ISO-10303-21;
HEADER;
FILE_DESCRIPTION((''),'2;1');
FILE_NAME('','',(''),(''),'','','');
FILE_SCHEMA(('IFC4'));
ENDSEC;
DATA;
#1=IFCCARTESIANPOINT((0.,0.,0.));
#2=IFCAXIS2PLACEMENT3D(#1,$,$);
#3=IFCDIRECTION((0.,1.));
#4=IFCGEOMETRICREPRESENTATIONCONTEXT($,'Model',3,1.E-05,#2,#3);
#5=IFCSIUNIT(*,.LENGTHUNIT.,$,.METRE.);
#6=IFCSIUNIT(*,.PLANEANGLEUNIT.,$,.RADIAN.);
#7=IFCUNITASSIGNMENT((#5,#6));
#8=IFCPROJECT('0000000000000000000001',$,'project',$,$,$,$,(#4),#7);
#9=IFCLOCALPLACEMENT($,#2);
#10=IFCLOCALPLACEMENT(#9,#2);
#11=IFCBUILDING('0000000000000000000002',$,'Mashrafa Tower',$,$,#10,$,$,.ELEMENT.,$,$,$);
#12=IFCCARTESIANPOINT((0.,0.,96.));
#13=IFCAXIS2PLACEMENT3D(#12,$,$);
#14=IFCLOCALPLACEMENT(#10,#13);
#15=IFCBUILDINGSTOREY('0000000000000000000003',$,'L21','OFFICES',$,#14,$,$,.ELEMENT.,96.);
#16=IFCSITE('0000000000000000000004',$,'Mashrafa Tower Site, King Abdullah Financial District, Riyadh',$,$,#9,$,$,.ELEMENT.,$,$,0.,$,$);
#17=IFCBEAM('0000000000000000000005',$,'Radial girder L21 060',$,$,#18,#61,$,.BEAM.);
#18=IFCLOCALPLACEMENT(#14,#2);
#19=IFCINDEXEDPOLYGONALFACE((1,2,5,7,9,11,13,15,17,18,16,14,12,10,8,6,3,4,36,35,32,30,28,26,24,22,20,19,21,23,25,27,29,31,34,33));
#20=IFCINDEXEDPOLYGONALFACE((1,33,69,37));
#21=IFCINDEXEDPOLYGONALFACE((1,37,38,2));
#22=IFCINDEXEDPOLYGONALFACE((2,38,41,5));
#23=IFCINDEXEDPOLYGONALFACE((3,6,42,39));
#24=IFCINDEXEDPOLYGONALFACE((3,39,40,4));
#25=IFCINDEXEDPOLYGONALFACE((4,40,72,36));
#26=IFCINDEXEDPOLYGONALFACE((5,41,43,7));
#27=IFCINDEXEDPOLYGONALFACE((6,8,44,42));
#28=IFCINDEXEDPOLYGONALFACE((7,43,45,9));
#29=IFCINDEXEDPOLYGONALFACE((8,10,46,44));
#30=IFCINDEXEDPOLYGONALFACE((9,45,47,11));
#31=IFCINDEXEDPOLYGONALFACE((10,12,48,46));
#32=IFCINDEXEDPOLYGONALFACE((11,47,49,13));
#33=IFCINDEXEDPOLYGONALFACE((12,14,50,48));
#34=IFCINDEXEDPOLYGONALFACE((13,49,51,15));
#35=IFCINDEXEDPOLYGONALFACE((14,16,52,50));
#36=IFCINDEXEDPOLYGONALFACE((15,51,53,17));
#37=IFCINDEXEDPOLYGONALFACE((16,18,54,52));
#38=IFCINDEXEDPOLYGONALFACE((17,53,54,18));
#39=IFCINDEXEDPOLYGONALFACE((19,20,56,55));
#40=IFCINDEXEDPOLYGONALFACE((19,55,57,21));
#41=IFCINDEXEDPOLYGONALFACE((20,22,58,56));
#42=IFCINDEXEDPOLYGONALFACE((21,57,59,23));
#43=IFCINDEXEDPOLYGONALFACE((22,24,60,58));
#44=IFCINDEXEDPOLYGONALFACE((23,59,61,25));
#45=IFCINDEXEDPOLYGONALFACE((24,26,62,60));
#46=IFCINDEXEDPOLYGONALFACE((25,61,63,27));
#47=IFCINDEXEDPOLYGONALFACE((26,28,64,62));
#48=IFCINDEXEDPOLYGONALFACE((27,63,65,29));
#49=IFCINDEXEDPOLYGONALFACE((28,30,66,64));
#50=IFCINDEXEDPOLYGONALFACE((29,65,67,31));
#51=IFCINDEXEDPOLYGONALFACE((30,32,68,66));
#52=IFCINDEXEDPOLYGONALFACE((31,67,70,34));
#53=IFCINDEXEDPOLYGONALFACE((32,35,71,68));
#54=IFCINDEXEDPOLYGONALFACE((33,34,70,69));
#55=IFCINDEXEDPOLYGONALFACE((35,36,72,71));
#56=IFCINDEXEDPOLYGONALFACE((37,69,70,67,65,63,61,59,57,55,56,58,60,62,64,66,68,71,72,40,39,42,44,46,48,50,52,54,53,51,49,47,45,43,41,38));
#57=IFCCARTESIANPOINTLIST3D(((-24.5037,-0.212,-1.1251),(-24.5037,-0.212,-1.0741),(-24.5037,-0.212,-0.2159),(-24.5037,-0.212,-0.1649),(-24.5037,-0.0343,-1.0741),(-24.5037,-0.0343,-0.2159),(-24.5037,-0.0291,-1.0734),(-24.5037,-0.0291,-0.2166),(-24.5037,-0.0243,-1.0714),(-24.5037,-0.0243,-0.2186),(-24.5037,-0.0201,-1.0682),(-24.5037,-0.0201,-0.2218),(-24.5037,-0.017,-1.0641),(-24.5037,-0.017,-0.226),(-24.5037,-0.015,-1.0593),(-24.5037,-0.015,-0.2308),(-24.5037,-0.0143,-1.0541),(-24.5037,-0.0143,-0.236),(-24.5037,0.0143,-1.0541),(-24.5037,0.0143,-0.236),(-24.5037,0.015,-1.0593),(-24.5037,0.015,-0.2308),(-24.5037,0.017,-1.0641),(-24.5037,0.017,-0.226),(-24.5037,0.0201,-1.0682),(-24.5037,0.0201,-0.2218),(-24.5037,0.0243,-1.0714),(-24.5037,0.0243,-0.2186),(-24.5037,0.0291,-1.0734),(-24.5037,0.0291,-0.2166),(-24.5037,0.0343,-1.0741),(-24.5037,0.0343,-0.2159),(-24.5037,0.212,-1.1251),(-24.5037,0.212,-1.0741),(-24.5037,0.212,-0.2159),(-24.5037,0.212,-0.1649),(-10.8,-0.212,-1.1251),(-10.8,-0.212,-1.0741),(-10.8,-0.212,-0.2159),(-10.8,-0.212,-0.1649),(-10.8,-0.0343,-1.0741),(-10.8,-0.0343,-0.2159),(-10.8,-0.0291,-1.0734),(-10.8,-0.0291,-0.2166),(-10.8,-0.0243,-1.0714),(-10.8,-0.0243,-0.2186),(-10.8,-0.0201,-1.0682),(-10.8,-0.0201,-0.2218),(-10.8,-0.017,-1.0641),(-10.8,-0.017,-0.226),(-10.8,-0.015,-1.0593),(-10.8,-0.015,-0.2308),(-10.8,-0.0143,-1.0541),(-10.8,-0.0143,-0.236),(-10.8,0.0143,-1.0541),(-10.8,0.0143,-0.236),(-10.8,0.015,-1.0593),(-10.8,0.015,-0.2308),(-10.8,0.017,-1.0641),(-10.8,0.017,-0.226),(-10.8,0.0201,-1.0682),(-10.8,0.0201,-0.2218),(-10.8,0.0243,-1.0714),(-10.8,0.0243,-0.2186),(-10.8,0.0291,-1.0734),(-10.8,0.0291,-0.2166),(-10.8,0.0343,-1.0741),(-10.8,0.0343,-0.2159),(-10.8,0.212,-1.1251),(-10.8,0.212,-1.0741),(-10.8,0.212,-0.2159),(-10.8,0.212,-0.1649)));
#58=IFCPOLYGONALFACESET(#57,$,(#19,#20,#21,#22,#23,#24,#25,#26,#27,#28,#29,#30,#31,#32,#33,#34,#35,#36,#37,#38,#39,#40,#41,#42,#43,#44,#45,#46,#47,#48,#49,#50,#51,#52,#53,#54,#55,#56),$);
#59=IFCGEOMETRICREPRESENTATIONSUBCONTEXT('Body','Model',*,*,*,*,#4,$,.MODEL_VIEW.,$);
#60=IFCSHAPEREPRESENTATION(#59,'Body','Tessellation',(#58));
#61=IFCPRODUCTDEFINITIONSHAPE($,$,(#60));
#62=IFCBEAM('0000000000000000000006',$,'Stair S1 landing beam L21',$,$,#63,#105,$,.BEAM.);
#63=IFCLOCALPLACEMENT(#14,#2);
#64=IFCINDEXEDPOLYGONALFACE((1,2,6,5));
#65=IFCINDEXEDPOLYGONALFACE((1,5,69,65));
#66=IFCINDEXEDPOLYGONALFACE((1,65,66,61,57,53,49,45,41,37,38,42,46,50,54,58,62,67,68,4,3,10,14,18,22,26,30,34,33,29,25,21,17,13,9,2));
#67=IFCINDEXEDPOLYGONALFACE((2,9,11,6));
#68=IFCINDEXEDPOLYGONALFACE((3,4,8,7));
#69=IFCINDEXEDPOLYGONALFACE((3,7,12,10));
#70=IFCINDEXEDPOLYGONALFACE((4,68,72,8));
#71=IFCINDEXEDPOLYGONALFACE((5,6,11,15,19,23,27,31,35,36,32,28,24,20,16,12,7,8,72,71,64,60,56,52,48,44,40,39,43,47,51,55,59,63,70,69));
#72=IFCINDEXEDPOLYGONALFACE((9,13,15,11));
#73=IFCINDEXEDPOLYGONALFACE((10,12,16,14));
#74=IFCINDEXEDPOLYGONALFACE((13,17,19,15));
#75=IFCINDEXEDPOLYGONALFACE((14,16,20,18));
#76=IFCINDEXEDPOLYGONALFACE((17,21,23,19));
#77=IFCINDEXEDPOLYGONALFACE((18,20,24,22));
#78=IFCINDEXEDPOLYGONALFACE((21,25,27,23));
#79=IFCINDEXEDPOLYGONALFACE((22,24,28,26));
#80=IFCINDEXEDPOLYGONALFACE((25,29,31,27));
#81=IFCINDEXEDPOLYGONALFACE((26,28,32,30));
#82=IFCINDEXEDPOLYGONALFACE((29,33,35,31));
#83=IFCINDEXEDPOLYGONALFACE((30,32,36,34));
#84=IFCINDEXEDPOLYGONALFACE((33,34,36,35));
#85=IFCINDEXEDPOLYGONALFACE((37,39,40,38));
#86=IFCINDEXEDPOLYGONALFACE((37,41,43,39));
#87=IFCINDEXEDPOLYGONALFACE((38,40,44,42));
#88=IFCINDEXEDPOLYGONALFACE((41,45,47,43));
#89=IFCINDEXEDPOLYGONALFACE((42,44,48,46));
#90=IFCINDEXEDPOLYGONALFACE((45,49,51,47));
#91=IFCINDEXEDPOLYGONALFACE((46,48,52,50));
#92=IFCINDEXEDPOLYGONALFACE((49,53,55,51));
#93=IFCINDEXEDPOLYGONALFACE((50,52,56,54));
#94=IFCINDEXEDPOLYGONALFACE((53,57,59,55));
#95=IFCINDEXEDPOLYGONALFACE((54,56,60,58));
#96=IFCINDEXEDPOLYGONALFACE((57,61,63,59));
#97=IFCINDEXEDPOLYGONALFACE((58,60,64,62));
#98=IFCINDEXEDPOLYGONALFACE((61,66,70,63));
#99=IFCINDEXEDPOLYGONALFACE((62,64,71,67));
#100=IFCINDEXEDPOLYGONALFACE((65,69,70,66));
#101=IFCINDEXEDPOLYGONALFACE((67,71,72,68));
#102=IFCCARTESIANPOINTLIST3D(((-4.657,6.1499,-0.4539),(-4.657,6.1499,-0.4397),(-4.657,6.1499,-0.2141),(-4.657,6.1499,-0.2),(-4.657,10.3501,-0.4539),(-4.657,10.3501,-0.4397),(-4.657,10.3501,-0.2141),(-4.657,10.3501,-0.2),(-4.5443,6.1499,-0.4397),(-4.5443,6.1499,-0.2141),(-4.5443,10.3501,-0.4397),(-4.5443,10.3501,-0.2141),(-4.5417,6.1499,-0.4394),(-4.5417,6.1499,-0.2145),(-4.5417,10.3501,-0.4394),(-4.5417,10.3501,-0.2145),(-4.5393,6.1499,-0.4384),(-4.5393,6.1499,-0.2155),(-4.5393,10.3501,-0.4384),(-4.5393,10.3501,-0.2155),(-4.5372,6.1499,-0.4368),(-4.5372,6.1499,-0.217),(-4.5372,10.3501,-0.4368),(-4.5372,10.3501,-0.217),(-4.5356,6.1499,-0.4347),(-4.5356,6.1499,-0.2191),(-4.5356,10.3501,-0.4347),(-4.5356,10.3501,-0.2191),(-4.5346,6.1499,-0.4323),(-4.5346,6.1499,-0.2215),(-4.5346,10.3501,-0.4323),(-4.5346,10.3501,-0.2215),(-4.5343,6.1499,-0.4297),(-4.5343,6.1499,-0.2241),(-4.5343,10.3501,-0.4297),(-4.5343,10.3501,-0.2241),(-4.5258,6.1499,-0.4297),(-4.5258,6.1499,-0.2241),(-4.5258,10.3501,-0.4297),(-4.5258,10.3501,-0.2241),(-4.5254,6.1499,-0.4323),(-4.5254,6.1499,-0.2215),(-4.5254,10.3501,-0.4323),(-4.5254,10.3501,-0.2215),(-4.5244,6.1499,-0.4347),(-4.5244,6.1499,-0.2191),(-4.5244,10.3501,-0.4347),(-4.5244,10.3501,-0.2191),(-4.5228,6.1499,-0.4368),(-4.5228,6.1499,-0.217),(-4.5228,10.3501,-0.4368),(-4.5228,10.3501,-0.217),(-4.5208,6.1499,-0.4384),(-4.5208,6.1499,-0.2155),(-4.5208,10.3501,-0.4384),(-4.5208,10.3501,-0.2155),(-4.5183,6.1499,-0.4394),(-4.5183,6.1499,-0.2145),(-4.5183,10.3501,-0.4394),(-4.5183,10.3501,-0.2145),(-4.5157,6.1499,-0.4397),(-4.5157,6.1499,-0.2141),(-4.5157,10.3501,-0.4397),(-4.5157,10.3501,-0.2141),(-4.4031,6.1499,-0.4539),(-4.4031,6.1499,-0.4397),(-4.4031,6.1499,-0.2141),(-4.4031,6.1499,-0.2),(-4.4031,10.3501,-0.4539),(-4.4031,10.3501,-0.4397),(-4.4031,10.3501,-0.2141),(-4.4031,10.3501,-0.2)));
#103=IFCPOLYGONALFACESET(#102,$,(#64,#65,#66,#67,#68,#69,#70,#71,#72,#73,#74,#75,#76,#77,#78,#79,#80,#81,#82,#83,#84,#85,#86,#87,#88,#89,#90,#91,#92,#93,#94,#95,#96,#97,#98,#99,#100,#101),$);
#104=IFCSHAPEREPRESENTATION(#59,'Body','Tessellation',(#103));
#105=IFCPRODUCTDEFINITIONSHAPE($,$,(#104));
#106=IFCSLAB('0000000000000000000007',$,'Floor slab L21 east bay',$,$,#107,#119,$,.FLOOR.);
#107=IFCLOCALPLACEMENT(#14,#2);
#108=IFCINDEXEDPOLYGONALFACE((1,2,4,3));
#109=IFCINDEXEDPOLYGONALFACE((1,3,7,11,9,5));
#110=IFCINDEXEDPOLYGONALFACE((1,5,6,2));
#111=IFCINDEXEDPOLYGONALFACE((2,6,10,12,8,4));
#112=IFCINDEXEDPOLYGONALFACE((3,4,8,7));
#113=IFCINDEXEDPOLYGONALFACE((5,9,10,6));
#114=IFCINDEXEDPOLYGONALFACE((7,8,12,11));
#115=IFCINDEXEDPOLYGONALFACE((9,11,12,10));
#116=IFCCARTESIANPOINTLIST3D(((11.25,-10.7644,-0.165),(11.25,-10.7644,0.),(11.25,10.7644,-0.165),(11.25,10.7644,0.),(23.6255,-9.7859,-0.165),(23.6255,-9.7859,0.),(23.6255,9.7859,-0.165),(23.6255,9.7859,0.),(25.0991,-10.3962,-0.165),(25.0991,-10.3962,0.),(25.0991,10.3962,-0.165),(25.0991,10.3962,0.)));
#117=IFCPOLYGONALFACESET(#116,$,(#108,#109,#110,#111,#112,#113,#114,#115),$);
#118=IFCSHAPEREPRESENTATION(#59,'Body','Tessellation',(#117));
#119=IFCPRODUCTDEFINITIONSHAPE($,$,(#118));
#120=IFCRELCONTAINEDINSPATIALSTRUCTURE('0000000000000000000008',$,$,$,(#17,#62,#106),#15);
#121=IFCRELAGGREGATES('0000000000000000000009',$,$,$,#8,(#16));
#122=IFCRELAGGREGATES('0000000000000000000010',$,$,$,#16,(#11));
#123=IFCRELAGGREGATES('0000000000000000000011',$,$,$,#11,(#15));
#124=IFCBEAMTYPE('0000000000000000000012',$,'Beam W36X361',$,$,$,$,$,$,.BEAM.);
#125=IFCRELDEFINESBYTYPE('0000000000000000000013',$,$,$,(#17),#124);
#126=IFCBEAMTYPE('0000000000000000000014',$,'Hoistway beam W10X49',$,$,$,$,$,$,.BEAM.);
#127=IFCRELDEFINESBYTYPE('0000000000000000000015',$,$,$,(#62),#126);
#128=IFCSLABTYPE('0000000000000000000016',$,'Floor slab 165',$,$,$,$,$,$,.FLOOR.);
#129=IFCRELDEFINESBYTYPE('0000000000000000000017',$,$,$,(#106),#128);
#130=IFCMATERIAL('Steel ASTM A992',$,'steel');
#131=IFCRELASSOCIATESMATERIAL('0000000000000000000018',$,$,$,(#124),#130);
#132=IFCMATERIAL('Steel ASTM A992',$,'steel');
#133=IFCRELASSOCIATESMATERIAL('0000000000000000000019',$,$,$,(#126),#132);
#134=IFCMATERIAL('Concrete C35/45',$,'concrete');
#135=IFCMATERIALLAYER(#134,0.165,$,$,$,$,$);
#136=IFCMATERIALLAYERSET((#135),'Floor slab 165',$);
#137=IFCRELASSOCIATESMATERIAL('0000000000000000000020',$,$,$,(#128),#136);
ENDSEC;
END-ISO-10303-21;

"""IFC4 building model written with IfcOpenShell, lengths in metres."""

from ifc_helpers import new_model, si_unit, direction, frame, origin, origin_2d, place, context, subcontext, project, spatial, polyline, i_section, outline, extrude, material, layer, layer_set, material_profile, profile_set, type_object, element, save


model = new_model("IFC4")

# Units and contexts
model_context = context("Model", 3, precision=1e-05, world=origin(), true_north=direction((0.0, 1.0)))
body_context = subcontext(model_context, "Body", "Model", "MODEL_VIEW")
ifc_project = project(units=[si_unit("LENGTHUNIT", "METRE"), si_unit("PLANEANGLEUNIT", "RADIAN")], contexts=[model_context])

# Site, building, storey
site_placement = place(None, origin())
site = spatial("IfcSite", under=ifc_project, at=site_placement, Name="Mashrafa Tower Site, King Abdullah Financial District, Riyadh", CompositionType="ELEMENT", RefElevation=0.0)
building_placement = place(site_placement, origin())
building = spatial("IfcBuilding", under=site, at=building_placement, Name="Mashrafa Tower", CompositionType="ELEMENT")
storey_placement = place(building_placement, frame((0.0, 0.0, 96.0)))
storey = spatial("IfcBuildingStorey", under=building, at=storey_placement, Name="L21", Description="OFFICES", CompositionType="ELEMENT", Elevation=96.0)

# Beams
ifc_material_1 = material(Name="Steel ASTM A992", Category="steel")
ifc_material_profile_1 = material_profile(ifc_material_1, i_section(OverallWidth=0.4241, OverallDepth=0.9602, WebThickness=0.0286, FlangeThickness=0.051, FilletRadius=0.02, at=origin_2d()), Name="W36X361")
ifc_profile_set_1 = profile_set([ifc_material_profile_1], Name="Steel ASTM A992")
beam_type_1 = type_object("IfcBeamType", Name="Beam W36X361", PredefinedType="BEAM", material=ifc_profile_set_1)
beam_1_placement = place(storey_placement, frame((-10.8, 0.0, -0.645), z_axis=(-1.0, 0.0, 0.0), x_axis=(0.0, -1.0, 0.0)))
element("IfcBeam", 1, at=beam_1_placement, inside=storey, type_object=beam_type_1, Name="Radial girder L21 060", PredefinedType="BEAM", context=body_context, shape_type="SweptSolid", body=[
    extrude(i_section(OverallWidth=0.4241, OverallDepth=0.9602, WebThickness=0.0286, FlangeThickness=0.051, FilletRadius=0.02, at=origin_2d()), origin(), (0.0, 0.0, 1.0), 13.7036),
])
ifc_material_2 = material(Name="Steel ASTM A992", Category="steel")
ifc_material_profile_2 = material_profile(ifc_material_2, i_section(OverallWidth=0.2539, OverallDepth=0.2539, WebThickness=0.0085, FlangeThickness=0.0142, FilletRadius=0.01, at=origin_2d()), Name="W10X49")
ifc_profile_set_2 = profile_set([ifc_material_profile_2], Name="Steel ASTM A992")
beam_type_2 = type_object("IfcBeamType", Name="Hoistway beam W10X49", PredefinedType="BEAM", material=ifc_profile_set_2)
beam_2_placement = place(storey_placement, frame((-4.53, 6.1499, -0.3269), z_axis=(0.0, 1.0, 0.0), x_axis=(-1.0, 0.0, 0.0)))
element("IfcBeam", 2, at=beam_2_placement, inside=storey, type_object=beam_type_2, Name="Stair S1 landing beam L21", PredefinedType="BEAM", context=body_context, shape_type="SweptSolid", body=[
    extrude(i_section(OverallWidth=0.2539, OverallDepth=0.2539, WebThickness=0.0085, FlangeThickness=0.0142, FilletRadius=0.01, at=origin_2d()), origin(), (0.0, 0.0, 1.0), 4.2002),
])

# Slab
ifc_material_3 = material(Name="Concrete C35/45", Category="concrete")
ifc_layer_1 = layer(ifc_material_3, 0.165)
ifc_layer_set_1 = layer_set([ifc_layer_1], Name="Floor slab 165")
slab_type = type_object("IfcSlabType", Name="Floor slab 165", PredefinedType="FLOOR", material=ifc_layer_set_1)
slab_placement = place(storey_placement, frame((0.0, 0.0, -0.165)))
element("IfcSlab", 3, at=slab_placement, inside=storey, type_object=slab_type, Name="Floor slab L21 east bay", PredefinedType="FLOOR", context=body_context, shape_type="SweptSolid", body=[
    extrude(outline(polyline([(25.0991, -10.3962), (23.6255, -9.7859), (11.25, -10.7644), (11.25, 10.7644), (23.6255, 9.7859), (25.0991, 10.3962), (25.0991, -10.3962)])), origin(), (0.0, 0.0, 1.0), 0.165),
])

save(model, "model.ifc")
